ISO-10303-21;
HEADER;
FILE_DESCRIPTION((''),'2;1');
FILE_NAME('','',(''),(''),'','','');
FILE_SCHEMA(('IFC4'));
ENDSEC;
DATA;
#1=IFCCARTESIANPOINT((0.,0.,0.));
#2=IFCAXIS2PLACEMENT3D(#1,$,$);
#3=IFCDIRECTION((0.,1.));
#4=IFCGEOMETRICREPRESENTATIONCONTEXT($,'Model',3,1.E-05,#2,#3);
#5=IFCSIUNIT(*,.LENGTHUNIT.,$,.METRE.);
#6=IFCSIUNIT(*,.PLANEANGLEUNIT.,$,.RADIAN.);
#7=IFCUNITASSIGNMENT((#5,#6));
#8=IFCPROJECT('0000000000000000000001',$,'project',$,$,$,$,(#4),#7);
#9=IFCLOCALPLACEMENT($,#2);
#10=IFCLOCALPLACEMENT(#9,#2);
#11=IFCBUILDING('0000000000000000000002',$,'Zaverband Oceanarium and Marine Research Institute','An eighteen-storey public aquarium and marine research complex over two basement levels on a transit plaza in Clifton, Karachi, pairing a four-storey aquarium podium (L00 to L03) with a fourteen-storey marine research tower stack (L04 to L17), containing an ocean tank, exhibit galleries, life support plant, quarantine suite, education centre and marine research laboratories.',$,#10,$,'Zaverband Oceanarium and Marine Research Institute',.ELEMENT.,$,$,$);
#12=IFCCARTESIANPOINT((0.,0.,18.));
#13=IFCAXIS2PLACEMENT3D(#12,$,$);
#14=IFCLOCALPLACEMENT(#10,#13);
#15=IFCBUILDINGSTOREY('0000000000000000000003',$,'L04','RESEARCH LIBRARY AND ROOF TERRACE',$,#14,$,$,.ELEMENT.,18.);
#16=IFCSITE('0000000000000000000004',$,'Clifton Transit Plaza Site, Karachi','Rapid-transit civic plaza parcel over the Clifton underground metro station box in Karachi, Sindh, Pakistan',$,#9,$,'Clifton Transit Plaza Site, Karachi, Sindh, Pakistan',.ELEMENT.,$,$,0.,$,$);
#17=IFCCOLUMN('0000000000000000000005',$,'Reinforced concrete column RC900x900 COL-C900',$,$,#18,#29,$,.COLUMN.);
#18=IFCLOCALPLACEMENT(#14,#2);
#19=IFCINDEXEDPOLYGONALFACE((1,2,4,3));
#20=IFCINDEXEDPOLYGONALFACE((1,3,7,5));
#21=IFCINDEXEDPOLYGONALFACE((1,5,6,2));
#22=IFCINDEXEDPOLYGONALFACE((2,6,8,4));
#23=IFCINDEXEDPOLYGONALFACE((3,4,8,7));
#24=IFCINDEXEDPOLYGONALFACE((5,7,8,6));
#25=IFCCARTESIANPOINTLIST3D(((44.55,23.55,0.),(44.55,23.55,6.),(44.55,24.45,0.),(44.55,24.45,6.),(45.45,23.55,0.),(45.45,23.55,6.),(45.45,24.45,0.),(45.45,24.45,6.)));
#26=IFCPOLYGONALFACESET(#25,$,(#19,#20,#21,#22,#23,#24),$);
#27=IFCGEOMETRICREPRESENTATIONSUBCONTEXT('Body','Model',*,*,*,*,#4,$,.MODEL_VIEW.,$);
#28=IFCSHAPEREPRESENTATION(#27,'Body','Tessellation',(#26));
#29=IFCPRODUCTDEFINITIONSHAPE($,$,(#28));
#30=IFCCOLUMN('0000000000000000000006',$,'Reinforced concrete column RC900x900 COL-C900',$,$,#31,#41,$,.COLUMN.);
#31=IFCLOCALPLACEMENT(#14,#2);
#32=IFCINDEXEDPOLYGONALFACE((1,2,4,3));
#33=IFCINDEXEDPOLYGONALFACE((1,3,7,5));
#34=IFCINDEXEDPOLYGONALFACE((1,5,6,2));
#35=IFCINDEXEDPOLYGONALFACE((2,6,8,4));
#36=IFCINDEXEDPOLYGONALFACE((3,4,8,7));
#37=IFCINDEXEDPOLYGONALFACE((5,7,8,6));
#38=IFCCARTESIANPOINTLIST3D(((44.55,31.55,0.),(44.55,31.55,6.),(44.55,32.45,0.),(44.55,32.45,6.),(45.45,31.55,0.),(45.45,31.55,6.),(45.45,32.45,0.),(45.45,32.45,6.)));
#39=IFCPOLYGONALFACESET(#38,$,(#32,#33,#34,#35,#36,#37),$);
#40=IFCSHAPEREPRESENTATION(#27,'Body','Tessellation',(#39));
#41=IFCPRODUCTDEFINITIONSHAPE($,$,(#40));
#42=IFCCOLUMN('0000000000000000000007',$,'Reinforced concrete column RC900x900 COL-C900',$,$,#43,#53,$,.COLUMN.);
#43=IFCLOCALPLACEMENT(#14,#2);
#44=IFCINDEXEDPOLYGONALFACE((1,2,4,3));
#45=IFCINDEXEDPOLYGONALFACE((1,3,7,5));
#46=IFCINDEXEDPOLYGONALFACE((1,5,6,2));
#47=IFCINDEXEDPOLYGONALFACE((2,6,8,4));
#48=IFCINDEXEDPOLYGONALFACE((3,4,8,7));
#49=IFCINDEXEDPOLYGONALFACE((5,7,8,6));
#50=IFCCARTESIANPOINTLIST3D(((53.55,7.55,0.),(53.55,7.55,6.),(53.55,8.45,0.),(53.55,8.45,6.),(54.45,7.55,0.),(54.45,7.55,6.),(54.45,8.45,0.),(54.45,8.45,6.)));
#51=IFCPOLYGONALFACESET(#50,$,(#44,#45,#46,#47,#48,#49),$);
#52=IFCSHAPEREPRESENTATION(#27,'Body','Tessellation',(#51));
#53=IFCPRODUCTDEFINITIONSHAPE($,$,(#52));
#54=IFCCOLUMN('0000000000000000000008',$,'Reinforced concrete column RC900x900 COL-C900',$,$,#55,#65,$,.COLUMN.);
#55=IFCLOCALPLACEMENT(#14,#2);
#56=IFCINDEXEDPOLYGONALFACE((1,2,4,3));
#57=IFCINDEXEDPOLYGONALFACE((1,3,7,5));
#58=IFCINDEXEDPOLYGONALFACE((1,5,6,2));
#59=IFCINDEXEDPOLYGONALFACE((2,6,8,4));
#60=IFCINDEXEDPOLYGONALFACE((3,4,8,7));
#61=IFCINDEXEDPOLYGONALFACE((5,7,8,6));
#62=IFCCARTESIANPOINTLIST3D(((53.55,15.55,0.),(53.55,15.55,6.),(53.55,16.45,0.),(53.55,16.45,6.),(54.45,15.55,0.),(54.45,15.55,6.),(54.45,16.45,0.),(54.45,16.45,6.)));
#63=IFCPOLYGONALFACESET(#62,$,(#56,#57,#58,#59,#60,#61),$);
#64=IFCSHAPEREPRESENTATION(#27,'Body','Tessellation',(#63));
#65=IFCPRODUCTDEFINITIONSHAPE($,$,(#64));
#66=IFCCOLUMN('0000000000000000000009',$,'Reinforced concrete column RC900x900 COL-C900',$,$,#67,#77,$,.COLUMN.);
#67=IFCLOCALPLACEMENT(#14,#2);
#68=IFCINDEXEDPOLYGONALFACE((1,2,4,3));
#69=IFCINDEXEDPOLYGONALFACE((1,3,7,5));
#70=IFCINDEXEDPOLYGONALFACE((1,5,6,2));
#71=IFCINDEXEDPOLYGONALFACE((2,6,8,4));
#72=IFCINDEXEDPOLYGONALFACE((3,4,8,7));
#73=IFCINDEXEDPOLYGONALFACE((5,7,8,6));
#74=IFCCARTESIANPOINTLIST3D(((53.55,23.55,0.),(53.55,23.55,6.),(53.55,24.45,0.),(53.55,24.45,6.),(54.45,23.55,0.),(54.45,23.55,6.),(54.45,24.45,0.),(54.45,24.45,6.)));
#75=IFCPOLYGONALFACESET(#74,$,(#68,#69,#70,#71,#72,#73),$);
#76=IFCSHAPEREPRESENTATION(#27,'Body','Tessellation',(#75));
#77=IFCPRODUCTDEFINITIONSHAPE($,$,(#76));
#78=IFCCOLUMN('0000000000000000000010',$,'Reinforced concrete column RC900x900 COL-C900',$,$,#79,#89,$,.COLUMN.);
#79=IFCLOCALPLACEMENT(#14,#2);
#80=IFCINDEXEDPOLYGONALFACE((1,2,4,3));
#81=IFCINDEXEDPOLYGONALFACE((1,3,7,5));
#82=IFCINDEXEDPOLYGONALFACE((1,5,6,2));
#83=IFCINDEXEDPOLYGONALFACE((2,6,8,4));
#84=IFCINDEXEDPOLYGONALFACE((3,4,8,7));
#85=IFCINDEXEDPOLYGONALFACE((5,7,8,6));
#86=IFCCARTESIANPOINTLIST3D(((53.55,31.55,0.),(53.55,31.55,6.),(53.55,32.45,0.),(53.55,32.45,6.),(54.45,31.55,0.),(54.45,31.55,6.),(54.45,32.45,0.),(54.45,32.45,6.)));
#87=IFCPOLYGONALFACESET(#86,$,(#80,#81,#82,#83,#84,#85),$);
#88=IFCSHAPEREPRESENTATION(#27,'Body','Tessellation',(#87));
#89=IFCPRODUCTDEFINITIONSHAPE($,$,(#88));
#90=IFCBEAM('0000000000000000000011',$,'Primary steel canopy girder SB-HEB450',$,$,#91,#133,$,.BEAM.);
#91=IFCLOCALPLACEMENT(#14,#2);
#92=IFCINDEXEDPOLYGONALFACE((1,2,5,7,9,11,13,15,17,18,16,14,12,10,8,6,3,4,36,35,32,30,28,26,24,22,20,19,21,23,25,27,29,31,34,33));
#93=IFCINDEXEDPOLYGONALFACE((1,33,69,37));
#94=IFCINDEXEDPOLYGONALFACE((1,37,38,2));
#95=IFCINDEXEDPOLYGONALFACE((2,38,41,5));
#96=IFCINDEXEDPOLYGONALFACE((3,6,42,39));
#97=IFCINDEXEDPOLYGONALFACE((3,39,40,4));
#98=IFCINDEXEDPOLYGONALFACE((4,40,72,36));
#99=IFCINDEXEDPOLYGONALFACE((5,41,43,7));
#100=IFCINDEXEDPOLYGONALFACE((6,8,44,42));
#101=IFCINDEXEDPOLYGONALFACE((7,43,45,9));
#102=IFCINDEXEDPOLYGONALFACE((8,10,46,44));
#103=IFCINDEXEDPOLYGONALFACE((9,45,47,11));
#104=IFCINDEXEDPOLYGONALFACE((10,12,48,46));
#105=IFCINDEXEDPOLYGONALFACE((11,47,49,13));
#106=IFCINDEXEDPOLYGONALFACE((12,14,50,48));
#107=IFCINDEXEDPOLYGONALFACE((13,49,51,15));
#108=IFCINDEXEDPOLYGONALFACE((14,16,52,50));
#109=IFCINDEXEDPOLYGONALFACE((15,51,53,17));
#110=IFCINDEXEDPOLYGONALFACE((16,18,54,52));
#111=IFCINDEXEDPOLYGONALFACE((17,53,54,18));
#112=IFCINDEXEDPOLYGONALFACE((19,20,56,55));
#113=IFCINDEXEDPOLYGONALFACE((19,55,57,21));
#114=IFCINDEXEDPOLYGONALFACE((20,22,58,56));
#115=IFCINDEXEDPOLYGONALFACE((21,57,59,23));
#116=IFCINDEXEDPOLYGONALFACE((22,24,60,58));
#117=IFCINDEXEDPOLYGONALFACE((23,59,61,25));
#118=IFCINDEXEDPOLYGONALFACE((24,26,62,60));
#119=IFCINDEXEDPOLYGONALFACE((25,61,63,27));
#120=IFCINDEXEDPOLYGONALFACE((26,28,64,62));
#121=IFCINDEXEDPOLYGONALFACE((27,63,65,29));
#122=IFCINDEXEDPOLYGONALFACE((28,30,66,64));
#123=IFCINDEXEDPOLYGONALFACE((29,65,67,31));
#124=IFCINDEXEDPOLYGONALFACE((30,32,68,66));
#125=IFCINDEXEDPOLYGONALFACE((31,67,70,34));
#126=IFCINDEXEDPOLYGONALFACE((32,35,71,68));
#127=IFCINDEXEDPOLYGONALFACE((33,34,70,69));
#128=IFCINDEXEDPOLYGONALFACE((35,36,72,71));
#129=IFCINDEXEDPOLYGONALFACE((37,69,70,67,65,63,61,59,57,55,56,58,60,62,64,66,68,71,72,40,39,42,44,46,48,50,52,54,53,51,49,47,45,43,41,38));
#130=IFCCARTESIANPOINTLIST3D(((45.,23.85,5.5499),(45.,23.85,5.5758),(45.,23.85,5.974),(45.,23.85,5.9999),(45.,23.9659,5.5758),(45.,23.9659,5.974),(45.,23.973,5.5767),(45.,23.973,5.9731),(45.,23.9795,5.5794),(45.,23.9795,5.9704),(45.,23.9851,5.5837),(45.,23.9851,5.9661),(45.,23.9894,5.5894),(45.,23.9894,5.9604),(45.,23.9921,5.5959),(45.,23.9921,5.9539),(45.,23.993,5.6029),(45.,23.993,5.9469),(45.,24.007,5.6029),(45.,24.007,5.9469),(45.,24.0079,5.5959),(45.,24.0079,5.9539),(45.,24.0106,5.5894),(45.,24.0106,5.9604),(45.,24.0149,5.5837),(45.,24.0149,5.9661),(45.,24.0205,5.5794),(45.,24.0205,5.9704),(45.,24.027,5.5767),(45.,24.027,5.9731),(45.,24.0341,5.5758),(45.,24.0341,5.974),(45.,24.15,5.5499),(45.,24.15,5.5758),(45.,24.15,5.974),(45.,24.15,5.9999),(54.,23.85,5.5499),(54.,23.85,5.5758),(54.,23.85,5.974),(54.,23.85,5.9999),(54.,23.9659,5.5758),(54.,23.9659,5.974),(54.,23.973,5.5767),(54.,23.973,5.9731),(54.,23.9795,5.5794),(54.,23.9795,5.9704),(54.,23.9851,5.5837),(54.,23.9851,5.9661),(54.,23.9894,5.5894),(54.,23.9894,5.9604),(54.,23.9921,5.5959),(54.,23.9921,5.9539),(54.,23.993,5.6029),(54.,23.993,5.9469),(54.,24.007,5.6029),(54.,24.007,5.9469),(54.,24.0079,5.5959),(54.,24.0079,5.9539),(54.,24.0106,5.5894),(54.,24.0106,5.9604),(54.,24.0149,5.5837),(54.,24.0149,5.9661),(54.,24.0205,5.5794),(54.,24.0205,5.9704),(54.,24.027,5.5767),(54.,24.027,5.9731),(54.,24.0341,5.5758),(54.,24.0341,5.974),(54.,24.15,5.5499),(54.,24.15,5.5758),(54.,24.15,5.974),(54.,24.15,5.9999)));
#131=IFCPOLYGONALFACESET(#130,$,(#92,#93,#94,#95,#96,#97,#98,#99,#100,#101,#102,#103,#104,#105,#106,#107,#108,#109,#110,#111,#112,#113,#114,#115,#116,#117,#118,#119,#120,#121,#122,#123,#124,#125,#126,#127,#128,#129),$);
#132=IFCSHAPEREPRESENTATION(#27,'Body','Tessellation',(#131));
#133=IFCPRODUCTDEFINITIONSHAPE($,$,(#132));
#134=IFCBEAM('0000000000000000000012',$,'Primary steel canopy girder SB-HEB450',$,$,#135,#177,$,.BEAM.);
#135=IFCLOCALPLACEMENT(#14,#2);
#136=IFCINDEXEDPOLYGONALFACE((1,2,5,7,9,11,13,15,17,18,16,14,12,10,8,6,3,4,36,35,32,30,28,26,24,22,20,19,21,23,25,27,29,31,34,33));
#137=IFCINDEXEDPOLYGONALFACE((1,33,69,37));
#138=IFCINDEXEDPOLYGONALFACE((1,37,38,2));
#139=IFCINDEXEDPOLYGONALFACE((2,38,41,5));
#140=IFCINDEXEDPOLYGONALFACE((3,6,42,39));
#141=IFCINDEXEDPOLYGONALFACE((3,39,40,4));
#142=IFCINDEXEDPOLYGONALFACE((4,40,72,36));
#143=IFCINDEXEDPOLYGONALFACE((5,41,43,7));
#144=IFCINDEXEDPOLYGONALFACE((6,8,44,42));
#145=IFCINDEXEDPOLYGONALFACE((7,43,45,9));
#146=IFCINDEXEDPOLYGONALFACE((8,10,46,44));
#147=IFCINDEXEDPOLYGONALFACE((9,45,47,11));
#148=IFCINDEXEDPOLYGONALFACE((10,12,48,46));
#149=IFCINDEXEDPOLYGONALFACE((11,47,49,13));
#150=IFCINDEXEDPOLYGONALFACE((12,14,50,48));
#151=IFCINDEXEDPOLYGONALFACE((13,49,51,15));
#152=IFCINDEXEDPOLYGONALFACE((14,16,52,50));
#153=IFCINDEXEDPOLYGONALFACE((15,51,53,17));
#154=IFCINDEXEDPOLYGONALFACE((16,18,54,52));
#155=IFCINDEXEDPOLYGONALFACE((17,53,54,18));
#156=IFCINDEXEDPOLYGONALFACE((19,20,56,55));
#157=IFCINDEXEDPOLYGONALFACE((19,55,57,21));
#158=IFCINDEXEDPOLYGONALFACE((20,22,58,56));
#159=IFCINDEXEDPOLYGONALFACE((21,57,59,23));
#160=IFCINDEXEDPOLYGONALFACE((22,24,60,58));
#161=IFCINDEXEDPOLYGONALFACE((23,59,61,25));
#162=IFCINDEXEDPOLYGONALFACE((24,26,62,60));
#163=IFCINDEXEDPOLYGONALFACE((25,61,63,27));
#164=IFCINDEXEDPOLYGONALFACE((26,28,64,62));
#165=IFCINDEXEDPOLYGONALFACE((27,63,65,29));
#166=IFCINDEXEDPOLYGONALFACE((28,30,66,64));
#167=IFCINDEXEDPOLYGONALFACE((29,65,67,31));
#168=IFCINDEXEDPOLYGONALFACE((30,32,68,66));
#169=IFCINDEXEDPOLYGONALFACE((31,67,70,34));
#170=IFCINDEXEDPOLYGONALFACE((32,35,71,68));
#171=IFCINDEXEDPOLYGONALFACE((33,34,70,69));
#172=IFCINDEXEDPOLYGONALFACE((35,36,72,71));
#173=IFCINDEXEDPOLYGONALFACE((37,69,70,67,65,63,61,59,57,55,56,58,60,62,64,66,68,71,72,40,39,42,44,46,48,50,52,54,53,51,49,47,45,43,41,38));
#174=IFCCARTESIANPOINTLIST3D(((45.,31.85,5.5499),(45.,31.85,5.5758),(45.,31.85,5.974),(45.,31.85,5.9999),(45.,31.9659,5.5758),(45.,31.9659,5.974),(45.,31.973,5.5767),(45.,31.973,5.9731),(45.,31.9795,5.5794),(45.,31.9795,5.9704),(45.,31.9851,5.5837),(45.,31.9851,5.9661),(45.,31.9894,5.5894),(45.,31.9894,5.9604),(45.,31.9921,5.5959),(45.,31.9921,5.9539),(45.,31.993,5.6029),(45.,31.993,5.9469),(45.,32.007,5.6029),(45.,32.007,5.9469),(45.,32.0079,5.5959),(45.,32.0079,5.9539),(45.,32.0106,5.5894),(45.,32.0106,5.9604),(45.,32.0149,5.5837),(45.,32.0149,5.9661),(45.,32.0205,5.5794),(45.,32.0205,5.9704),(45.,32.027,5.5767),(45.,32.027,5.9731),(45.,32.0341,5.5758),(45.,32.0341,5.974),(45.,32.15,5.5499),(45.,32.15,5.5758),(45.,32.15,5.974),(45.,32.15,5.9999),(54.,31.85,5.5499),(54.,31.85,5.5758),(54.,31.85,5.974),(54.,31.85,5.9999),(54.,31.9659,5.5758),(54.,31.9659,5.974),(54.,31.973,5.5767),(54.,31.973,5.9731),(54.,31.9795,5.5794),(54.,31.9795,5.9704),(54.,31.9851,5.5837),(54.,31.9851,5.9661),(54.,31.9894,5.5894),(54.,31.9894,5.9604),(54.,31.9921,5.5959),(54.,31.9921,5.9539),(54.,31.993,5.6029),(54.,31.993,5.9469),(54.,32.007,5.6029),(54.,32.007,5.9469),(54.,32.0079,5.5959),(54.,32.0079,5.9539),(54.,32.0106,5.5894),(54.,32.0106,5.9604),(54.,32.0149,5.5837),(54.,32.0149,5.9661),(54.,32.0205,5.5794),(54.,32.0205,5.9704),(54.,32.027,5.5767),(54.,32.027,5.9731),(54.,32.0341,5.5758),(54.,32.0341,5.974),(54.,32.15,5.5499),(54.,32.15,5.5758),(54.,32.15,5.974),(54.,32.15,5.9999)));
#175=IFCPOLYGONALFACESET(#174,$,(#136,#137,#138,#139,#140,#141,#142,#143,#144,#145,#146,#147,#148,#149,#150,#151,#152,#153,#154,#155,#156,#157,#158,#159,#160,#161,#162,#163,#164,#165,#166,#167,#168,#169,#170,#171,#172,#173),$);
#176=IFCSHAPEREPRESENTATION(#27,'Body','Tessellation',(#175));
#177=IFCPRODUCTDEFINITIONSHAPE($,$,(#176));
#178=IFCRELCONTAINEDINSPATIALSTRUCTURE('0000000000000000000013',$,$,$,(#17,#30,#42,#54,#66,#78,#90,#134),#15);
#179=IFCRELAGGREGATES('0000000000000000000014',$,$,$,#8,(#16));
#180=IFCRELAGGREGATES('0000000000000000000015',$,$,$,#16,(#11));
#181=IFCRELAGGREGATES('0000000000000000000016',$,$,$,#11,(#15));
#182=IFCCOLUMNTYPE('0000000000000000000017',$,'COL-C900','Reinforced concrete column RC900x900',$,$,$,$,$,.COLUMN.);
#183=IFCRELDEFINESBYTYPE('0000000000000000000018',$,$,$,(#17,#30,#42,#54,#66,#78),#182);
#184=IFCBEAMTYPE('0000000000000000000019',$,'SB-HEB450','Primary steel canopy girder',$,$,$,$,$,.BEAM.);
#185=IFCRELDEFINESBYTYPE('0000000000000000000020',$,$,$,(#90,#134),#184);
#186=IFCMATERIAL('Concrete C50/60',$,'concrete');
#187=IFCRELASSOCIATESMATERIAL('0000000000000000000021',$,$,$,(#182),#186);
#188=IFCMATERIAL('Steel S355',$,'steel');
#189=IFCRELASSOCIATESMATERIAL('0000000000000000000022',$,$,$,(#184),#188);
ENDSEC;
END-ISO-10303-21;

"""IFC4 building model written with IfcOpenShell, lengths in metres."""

from ifc_helpers import new_model, si_unit, direction, frame, origin, origin_2d, place, context, subcontext, project, spatial, rectangle, i_section, extrude, material, material_profile, profile_set, type_object, element, save


model = new_model("IFC4")

# Units and contexts
model_context = context("Model", 3, precision=1e-05, world=origin(), true_north=direction((0.0, 1.0)))
body_context = subcontext(model_context, "Body", "Model", "MODEL_VIEW")
ifc_project = project(units=[si_unit("LENGTHUNIT", "METRE"), si_unit("PLANEANGLEUNIT", "RADIAN")], contexts=[model_context])

# Site, building, storey
site_placement = place(None, origin())
site = spatial("IfcSite", under=ifc_project, at=site_placement, Name="Clifton Transit Plaza Site, Karachi", Description="Rapid-transit civic plaza parcel over the Clifton underground metro station box in Karachi, Sindh, Pakistan", LongName="Clifton Transit Plaza Site, Karachi, Sindh, Pakistan", CompositionType="ELEMENT", RefElevation=0.0)
building_placement = place(site_placement, origin())
building = spatial("IfcBuilding", under=site, at=building_placement, Name="Zaverband Oceanarium and Marine Research Institute", Description="An eighteen-storey public aquarium and marine research complex over two basement levels on a transit plaza in Clifton, Karachi, pairing a four-storey aquarium podium (L00 to L03) with a fourteen-storey marine research tower stack (L04 to L17), containing an ocean tank, exhibit galleries, life support plant, quarantine suite, education centre and marine research laboratories.", LongName="Zaverband Oceanarium and Marine Research Institute", CompositionType="ELEMENT")
storey_placement = place(building_placement, frame((0.0, 0.0, 18.0)))
storey = spatial("IfcBuildingStorey", under=building, at=storey_placement, Name="L04", Description="RESEARCH LIBRARY AND ROOF TERRACE", CompositionType="ELEMENT", Elevation=18.0)

# Columns
ifc_material_1 = material(Name="Concrete C50/60", Category="concrete")
ifc_material_profile_1 = material_profile(ifc_material_1, rectangle(XDim=0.8999, YDim=0.8999, at=origin_2d()), Name="RC900x900")
ifc_profile_set_1 = profile_set([ifc_material_profile_1], Name="Concrete C50/60")
column_type = type_object("IfcColumnType", Name="COL-C900", Description="Reinforced concrete column RC900x900", PredefinedType="COLUMN", material=ifc_profile_set_1)
for number, where, z_axis, x_axis, name in (
    (1, (45.0, 24.0, 0.0), (0.0, 0.0, 1.0), (1.0, 0.0, 0.0), "Reinforced concrete column RC900x900 COL-C900"),
    (2, (45.0, 32.0, 0.0), (0.0, 0.0, 1.0), (1.0, 0.0, 0.0), "Reinforced concrete column RC900x900 COL-C900"),
    (3, (54.0, 8.0, 0.0), (0.0, 0.0, 1.0), (1.0, 0.0, 0.0), "Reinforced concrete column RC900x900 COL-C900"),
    (4, (54.0, 16.0, 0.0), (0.0, 0.0, 1.0), (1.0, 0.0, 0.0), "Reinforced concrete column RC900x900 COL-C900"),
    (5, (54.0, 24.0, 0.0), (0.0, 0.0, 1.0), (1.0, 0.0, 0.0), "Reinforced concrete column RC900x900 COL-C900"),
    (6, (54.0, 32.0, 0.0), (0.0, 0.0, 1.0), (1.0, 0.0, 0.0), "Reinforced concrete column RC900x900 COL-C900"),
):
    element("IfcColumn", number, at=place(storey_placement, frame(where, z_axis=z_axis, x_axis=x_axis)), inside=storey, type_object=column_type, Name=name, PredefinedType="COLUMN", context=body_context, shape_type="SweptSolid", body=[
        extrude(rectangle(XDim=0.8999, YDim=0.8999, at=origin_2d()), origin(), (0.0, 0.0, 1.0), 6.0),
    ])

# Beams
ifc_material_2 = material(Name="Steel S355", Category="steel")
ifc_material_profile_2 = material_profile(ifc_material_2, i_section(OverallWidth=0.3, OverallDepth=0.45, WebThickness=0.0139, FlangeThickness=0.0259, FilletRadius=0.0271, at=origin_2d()), Name="HEB450")
ifc_profile_set_2 = profile_set([ifc_material_profile_2], Name="Steel S355")
beam_type = type_object("IfcBeamType", Name="SB-HEB450", Description="Primary steel canopy girder", PredefinedType="BEAM", material=ifc_profile_set_2)
for number, where, z_axis, x_axis, name in (
    (7, (45.0, 24.0, 5.7749), (1.0, 0.0, 0.0), (0.0, 1.0, 0.0), "Primary steel canopy girder SB-HEB450"),
    (8, (45.0, 32.0, 5.7749), (1.0, 0.0, 0.0), (0.0, 1.0, 0.0), "Primary steel canopy girder SB-HEB450"),
):
    element("IfcBeam", number, at=place(storey_placement, frame(where, z_axis=z_axis, x_axis=x_axis)), inside=storey, type_object=beam_type, Name=name, PredefinedType="BEAM", context=body_context, shape_type="SweptSolid", body=[
        extrude(i_section(OverallWidth=0.3, OverallDepth=0.45, WebThickness=0.0139, FlangeThickness=0.0259, FilletRadius=0.0271, at=origin_2d()), origin(), (0.0, 0.0, 1.0), 9.0),
    ])

save(model, "model.ifc")
